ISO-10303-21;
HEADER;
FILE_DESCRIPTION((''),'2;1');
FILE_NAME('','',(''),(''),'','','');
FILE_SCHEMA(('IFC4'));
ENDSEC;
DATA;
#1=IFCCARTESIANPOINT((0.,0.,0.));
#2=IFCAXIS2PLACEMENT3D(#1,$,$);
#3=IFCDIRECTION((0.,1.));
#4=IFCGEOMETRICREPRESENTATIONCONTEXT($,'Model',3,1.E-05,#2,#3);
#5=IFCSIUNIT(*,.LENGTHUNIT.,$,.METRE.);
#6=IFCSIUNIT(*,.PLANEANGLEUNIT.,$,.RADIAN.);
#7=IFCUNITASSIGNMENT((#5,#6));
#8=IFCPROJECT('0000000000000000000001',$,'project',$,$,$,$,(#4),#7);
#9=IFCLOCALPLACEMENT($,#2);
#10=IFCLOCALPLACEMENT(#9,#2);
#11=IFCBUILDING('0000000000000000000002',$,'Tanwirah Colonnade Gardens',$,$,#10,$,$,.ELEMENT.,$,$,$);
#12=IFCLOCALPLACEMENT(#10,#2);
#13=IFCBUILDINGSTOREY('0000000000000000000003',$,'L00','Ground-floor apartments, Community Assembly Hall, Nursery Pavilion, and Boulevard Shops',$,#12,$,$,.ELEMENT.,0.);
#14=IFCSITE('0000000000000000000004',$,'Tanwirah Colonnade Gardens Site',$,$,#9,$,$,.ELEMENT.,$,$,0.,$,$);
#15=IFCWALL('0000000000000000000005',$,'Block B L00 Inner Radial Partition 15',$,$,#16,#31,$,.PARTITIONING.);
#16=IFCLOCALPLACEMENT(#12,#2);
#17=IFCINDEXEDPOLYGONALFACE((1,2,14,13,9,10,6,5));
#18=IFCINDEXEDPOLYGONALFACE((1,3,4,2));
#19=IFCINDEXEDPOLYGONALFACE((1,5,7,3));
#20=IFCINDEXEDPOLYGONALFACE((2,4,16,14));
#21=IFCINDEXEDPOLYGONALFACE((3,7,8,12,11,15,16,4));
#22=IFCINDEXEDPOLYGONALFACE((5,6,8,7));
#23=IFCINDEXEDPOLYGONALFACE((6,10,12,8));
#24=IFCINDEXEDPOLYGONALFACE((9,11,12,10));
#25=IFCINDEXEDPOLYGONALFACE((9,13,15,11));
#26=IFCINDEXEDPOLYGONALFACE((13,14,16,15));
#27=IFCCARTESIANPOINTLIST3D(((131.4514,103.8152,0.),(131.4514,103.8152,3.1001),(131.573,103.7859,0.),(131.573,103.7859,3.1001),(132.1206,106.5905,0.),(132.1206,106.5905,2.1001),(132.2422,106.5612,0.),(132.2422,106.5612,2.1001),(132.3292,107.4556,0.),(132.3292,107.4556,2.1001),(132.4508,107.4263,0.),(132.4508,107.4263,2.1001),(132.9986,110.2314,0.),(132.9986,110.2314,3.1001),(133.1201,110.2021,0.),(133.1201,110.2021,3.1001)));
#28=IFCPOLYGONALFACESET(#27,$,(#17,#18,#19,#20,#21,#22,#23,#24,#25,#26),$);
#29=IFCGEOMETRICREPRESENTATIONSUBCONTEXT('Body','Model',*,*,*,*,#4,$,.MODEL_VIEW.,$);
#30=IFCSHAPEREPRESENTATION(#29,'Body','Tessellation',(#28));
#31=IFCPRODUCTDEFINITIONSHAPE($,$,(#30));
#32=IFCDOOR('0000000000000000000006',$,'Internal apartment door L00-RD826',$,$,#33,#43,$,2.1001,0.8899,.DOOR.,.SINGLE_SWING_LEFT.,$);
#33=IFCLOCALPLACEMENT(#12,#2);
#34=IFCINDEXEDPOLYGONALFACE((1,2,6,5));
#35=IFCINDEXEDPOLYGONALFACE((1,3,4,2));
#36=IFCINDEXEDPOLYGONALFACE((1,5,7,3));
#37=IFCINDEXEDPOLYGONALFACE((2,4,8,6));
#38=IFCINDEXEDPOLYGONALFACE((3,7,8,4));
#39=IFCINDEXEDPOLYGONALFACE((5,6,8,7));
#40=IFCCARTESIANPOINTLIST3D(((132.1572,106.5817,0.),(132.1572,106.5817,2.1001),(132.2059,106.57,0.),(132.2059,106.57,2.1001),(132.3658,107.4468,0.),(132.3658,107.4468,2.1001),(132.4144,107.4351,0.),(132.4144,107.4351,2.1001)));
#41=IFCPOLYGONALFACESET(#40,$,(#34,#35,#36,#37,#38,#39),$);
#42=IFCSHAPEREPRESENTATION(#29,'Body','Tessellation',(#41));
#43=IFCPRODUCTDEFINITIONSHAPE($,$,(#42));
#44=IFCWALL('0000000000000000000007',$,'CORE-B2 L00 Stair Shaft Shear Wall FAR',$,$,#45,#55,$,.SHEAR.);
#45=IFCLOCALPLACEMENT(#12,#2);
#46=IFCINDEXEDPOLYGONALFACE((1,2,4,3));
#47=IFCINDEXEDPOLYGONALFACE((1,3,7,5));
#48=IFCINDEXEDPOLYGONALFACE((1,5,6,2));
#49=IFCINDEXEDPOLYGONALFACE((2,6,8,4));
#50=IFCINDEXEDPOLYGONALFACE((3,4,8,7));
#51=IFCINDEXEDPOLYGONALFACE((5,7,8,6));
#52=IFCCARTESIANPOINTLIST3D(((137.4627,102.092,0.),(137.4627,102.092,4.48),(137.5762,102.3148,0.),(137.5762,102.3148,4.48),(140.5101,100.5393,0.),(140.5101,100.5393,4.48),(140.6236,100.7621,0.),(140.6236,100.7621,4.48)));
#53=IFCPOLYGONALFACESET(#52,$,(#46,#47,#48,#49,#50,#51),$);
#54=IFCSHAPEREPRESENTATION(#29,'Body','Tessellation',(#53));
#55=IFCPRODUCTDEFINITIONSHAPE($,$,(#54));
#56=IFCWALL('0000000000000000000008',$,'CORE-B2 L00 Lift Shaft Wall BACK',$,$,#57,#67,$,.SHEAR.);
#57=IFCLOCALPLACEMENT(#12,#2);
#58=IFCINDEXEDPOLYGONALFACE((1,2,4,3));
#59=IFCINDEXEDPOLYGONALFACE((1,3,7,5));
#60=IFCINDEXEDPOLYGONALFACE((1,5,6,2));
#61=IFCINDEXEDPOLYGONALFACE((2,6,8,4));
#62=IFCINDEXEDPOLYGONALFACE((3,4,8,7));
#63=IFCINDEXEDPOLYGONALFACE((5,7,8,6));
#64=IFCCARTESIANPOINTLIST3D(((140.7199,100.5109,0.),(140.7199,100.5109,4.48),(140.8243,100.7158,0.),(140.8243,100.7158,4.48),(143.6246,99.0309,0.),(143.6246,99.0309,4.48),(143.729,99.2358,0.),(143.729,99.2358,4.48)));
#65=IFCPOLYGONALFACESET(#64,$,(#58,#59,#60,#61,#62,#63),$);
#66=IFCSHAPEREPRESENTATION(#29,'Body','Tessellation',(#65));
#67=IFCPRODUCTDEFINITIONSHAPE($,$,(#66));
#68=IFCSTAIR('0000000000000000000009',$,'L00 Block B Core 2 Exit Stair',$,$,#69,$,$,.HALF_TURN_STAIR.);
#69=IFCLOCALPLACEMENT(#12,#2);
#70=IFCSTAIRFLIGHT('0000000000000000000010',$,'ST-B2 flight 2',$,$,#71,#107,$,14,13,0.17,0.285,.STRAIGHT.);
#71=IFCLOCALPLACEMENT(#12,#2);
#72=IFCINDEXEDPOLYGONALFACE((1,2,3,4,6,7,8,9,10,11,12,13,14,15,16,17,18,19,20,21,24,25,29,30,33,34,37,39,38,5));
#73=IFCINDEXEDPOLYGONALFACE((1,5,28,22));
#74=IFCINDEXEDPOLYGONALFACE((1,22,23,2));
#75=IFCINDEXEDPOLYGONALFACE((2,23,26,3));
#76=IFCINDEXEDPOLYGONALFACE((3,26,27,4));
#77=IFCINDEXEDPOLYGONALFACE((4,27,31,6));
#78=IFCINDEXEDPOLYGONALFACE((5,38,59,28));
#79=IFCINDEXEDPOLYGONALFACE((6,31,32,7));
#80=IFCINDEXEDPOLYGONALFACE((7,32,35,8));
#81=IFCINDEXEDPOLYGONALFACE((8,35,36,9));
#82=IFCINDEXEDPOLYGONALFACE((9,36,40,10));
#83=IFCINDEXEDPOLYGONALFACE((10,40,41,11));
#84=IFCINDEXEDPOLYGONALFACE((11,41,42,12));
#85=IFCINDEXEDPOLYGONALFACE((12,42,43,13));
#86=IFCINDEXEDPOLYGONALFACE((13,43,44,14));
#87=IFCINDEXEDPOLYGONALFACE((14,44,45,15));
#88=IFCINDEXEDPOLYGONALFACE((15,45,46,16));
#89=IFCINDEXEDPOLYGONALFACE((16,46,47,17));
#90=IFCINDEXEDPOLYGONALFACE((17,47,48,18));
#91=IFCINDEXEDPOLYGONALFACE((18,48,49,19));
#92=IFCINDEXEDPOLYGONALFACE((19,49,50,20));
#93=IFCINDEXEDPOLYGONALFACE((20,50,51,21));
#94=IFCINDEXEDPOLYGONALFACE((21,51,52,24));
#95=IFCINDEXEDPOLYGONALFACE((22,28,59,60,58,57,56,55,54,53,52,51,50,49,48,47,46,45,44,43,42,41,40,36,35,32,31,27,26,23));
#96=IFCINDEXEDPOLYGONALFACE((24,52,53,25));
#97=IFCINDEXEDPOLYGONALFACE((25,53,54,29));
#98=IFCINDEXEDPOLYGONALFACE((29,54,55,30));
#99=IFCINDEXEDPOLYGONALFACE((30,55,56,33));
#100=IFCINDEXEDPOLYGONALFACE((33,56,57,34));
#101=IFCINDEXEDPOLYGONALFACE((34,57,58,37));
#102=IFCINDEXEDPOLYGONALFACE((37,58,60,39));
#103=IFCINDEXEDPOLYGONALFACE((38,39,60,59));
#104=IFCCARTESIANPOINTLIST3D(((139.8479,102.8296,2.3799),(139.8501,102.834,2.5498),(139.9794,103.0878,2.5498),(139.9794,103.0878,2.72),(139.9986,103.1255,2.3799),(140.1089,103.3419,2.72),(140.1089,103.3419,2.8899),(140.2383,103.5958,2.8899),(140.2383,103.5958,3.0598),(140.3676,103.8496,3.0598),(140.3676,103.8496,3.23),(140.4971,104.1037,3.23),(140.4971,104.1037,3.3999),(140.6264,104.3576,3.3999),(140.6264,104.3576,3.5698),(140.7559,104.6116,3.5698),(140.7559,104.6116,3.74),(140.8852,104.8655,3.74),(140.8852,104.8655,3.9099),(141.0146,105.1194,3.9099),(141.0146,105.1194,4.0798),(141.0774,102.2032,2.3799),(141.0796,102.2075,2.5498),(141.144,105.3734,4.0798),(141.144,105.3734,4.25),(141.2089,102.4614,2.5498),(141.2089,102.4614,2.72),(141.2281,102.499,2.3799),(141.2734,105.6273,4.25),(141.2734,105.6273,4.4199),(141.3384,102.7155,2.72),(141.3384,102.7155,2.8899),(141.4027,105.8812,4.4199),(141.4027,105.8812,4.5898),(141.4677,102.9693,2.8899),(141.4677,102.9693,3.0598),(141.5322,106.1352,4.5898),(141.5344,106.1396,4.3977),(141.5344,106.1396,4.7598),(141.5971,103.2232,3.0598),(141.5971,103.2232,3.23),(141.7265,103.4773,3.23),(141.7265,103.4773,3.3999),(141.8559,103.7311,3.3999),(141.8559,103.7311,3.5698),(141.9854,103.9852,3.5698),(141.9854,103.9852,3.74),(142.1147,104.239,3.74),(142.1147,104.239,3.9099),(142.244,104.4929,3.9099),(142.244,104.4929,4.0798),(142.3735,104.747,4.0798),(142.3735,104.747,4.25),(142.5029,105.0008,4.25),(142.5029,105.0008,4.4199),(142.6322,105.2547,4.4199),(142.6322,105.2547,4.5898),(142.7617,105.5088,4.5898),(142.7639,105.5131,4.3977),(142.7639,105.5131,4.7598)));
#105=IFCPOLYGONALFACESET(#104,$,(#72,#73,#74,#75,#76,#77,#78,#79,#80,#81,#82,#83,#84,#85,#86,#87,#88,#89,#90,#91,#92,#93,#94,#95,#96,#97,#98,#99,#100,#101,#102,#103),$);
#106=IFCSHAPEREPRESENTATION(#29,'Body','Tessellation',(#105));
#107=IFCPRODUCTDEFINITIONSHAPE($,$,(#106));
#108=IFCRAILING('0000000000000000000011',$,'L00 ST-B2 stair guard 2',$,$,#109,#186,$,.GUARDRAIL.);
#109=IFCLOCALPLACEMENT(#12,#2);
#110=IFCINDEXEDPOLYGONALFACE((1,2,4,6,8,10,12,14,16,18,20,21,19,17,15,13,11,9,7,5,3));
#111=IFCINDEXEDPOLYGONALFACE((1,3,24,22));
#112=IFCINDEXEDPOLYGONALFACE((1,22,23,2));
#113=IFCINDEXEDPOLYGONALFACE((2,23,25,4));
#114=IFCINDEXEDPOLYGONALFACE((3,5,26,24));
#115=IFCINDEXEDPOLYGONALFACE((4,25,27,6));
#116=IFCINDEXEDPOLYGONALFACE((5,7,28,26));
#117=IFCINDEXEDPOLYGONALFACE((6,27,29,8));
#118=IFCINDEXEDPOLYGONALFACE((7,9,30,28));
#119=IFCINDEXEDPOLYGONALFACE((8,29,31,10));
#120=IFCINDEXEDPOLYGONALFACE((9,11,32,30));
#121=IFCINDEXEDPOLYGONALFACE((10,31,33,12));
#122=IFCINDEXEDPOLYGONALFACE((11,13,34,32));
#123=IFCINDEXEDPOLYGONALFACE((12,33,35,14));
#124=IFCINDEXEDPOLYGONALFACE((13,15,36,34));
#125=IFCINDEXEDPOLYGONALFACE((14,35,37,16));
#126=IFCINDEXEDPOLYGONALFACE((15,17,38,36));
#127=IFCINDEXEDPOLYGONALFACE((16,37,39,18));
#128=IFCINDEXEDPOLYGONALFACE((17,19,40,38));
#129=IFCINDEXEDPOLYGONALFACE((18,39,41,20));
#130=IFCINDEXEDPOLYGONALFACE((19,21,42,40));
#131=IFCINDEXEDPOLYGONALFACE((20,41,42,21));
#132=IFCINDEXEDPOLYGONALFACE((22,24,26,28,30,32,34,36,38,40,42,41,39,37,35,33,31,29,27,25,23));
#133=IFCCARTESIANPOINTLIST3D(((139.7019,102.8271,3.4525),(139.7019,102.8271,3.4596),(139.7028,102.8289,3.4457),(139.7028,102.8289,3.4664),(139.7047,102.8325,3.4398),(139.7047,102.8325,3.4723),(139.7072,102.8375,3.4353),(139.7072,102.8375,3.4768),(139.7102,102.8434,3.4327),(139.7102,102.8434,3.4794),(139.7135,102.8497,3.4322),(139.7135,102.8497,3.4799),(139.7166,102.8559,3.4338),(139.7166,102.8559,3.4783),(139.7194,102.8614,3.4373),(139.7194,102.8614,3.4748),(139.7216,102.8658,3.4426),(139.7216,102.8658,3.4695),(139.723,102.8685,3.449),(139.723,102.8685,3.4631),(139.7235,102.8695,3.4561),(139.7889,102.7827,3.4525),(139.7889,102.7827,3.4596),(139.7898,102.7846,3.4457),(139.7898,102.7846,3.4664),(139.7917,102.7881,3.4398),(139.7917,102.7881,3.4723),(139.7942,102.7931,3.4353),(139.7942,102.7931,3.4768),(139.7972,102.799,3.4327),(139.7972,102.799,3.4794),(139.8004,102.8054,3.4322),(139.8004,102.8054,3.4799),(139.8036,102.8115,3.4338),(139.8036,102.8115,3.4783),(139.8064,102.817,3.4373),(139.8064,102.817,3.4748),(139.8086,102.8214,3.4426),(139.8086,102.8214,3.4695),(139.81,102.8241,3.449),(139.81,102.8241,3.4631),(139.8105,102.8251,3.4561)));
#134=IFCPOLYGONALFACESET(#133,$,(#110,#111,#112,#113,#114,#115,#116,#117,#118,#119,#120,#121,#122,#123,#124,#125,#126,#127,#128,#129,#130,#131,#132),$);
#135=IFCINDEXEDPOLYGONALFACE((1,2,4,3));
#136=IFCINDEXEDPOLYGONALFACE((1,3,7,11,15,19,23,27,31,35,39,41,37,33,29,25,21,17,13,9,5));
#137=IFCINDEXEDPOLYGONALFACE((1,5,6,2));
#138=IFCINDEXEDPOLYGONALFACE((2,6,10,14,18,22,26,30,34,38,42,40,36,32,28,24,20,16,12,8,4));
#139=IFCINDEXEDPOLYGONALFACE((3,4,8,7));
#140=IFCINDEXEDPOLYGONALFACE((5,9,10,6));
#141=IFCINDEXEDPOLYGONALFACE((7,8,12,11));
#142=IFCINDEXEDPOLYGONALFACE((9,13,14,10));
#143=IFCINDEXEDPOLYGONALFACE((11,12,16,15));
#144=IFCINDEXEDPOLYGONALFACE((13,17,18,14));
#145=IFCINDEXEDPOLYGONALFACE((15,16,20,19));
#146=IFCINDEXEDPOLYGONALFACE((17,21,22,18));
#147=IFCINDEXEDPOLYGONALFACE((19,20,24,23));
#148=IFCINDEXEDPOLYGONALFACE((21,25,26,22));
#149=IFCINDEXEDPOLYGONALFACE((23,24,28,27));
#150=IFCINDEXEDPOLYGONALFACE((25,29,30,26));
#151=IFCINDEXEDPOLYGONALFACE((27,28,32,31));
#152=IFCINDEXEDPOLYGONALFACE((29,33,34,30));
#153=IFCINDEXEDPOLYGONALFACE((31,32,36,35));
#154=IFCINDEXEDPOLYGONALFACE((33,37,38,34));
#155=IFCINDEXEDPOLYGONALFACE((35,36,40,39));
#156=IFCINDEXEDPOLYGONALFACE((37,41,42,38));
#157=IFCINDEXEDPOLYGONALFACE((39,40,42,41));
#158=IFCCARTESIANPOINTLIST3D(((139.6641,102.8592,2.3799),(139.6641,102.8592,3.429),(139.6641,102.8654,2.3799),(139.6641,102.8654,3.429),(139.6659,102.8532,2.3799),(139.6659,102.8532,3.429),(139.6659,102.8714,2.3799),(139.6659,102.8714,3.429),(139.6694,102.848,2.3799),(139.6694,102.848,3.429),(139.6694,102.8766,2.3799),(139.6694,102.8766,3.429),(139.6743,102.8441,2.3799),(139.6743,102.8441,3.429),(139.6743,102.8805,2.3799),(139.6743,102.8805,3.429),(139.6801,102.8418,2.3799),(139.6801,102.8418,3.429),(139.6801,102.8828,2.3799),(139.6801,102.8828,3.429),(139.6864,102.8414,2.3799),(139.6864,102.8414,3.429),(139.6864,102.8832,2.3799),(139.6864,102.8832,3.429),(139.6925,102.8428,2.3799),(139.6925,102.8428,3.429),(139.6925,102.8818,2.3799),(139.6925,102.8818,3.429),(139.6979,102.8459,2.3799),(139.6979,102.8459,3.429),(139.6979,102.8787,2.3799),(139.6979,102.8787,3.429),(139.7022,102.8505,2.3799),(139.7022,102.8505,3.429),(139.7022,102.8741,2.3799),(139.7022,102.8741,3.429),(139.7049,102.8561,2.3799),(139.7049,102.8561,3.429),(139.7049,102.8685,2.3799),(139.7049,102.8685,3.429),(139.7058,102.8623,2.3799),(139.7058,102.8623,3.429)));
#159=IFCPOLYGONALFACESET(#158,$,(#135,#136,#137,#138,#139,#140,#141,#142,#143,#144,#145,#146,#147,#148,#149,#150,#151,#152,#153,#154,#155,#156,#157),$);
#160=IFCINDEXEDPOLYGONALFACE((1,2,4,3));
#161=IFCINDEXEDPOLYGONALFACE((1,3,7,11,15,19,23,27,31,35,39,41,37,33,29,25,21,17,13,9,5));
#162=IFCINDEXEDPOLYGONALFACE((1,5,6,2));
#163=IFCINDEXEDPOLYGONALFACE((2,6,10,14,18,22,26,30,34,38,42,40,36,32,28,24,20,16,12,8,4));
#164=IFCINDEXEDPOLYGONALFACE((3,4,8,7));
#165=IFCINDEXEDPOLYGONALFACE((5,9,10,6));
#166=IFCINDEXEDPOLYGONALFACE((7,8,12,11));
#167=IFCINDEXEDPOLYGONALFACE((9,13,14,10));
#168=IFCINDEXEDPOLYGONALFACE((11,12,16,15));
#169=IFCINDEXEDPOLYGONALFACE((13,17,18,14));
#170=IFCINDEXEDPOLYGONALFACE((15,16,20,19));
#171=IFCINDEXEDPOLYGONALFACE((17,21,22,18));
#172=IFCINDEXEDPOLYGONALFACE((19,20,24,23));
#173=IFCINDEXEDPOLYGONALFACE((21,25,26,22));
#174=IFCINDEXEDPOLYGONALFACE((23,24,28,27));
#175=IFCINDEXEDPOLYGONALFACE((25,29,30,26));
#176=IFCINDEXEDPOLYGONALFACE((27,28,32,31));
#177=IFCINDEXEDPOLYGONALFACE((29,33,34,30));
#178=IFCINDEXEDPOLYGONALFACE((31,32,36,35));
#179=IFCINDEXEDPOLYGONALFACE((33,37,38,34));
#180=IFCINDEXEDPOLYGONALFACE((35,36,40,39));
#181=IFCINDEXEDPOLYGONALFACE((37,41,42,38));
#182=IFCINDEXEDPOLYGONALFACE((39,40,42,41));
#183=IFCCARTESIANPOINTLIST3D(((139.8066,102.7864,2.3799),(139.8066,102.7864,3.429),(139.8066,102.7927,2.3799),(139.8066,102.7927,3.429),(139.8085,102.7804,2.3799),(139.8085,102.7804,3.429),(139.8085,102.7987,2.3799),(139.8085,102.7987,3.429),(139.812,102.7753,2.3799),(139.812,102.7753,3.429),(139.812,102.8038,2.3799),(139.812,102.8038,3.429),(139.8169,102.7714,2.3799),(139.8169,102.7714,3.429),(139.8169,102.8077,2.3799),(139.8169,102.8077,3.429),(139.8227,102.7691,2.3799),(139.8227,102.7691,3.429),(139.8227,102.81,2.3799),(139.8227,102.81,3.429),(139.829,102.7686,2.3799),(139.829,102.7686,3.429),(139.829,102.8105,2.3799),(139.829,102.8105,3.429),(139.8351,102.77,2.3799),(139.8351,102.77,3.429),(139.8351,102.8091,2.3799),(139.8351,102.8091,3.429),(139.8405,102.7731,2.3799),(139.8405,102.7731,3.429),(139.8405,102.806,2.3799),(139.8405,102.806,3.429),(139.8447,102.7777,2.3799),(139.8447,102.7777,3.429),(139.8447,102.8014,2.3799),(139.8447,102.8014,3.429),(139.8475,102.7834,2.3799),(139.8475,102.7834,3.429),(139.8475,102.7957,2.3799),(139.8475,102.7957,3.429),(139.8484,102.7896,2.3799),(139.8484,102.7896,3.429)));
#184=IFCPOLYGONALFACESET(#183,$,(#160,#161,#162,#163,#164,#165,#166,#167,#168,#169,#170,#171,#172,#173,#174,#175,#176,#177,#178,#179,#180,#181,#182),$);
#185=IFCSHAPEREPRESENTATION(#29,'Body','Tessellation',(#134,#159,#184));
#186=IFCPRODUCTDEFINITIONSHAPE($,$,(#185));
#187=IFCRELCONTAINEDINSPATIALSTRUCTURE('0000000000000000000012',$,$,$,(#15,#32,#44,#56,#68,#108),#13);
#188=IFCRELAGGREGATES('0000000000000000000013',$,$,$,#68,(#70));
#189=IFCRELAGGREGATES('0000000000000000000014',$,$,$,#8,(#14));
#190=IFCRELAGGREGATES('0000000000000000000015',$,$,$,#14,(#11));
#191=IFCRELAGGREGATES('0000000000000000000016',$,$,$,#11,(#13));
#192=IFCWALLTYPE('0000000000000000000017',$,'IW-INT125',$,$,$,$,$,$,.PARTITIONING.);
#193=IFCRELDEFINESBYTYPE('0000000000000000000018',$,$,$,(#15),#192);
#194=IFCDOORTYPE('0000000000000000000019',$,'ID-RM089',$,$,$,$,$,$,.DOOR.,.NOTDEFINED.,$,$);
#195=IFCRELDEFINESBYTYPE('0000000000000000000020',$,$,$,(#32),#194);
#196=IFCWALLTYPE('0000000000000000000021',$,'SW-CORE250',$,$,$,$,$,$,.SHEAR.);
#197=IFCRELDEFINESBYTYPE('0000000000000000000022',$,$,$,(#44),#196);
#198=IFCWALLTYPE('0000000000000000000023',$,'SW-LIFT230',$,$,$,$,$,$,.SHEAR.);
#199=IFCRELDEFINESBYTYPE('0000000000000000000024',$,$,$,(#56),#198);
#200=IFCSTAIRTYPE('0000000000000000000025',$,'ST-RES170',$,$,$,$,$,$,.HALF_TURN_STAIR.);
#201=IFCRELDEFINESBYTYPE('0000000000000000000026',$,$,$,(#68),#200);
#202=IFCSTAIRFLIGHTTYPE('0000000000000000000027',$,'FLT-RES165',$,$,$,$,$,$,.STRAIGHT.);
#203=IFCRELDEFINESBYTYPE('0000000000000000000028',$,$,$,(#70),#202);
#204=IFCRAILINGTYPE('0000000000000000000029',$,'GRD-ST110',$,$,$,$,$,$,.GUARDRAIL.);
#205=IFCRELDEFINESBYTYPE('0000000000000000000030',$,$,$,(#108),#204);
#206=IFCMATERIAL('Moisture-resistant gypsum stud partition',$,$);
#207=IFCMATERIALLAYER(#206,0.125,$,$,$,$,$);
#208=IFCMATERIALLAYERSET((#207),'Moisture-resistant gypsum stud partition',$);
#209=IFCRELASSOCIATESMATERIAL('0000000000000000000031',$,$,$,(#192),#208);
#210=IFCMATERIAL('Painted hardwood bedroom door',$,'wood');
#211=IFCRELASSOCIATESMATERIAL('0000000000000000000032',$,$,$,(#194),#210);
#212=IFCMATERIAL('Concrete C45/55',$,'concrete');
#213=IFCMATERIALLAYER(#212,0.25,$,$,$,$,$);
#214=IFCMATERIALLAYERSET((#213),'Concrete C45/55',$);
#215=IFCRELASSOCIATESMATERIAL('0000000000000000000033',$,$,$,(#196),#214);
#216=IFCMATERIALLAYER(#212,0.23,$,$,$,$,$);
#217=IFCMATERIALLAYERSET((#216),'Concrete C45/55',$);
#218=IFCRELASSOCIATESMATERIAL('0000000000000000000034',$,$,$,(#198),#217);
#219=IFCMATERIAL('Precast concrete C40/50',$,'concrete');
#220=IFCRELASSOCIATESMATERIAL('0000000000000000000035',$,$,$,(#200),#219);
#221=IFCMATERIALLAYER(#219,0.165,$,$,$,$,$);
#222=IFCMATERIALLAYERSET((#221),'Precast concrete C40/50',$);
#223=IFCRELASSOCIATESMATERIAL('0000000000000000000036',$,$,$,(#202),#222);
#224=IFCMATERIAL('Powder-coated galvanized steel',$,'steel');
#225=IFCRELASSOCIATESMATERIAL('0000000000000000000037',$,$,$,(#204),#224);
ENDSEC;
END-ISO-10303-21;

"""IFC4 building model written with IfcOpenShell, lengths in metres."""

from ifc_helpers import new_model, si_unit, direction, frame, frame_2d, origin, origin_2d, place, context, subcontext, project, spatial, polyline, rectangle, circle, outline, extrude, material, layer, layer_set, type_object, element, fill, aggregate, save


model = new_model("IFC4")

# Units and contexts
model_context = context("Model", 3, precision=1e-05, world=origin(), true_north=direction((0.0, 1.0)))
body_context = subcontext(model_context, "Body", "Model", "MODEL_VIEW")
ifc_project = project(units=[si_unit("LENGTHUNIT", "METRE"), si_unit("PLANEANGLEUNIT", "RADIAN")], contexts=[model_context])

# Site, building, storey
site_placement = place(None, origin())
site = spatial("IfcSite", under=ifc_project, at=site_placement, Name="Tanwirah Colonnade Gardens Site", CompositionType="ELEMENT", RefElevation=0.0)
building_placement = place(site_placement, origin())
building = spatial("IfcBuilding", under=site, at=building_placement, Name="Tanwirah Colonnade Gardens", CompositionType="ELEMENT")
storey_placement = place(building_placement, origin())
storey = spatial("IfcBuildingStorey", under=building, at=storey_placement, Name="L00", Description="Ground-floor apartments, Community Assembly Hall, Nursery Pavilion, and Boulevard Shops", CompositionType="ELEMENT", Elevation=0.0)

# Shared definitions
ifc_material_1 = material(Name="Precast concrete C40/50", Category="concrete")

# Wall, opening, door
ifc_material_2 = material(Name="Moisture-resistant gypsum stud partition")
ifc_layer_1 = layer(ifc_material_2, 0.125)
ifc_layer_set_1 = layer_set([ifc_layer_1], Name="Moisture-resistant gypsum stud partition")
wall_type_1 = type_object("IfcWallType", Name="IW-INT125", PredefinedType="PARTITIONING", material=ifc_layer_set_1)
wall_1_placement = place(storey_placement, frame((131.5122, 103.8005, 0.0), z_axis=(0.0, 0.0, 1.0), x_axis=(0.234407, 0.972139, 0.0)))
wall_1 = element("IfcWall", 1, at=wall_1_placement, inside=storey, type_object=wall_type_1, Name="Block B L00 Inner Radial Partition 15", PredefinedType="PARTITIONING", context=body_context, shape_type="SweptSolid", body=[
    extrude(rectangle(XDim=6.6001, YDim=0.125, at=frame_2d((3.3, 0.0))), origin(), (0.0, 0.0, 1.0), 3.1001),
])
opening_1_placement = place(wall_1_placement, frame((2.855, 0.0, 0.0)))
opening_1 = element("IfcOpeningElement", 2, at=opening_1_placement, cuts=wall_1, PredefinedType="OPENING", context=body_context, shape_type="SweptSolid", body=[
    extrude(rectangle(XDim=0.8899, YDim=2.1001, at=frame_2d((0.4448, 1.05))), frame((0.0, 0.0725, 0.0), z_axis=(0.0, -1.0, 0.0), x_axis=(1.0, 0.0, 0.0)), (0.0, 0.0, 1.0), 0.145),
])
ifc_material_3 = material(Name="Painted hardwood bedroom door", Category="wood")
door_type = type_object("IfcDoorType", Name="ID-RM089", OperationType="NOTDEFINED", PredefinedType="DOOR", material=ifc_material_3)
door_placement = place(opening_1_placement, origin())
door = element("IfcDoor", 3, at=door_placement, inside=storey, type_object=door_type, Name="Internal apartment door L00-RD826", OperationType="SINGLE_SWING_LEFT", OverallHeight=2.1001, OverallWidth=0.8899, PredefinedType="DOOR", context=body_context, shape_type="SweptSolid", body=[
    extrude(rectangle(XDim=0.8899, YDim=2.1001, at=frame_2d((0.4448, 1.05))), frame((0.0, 0.0249, 0.0), z_axis=(0.0, -1.0, 0.0), x_axis=(1.0, 0.0, 0.0)), (0.0, 0.0, 1.0), 0.05),
])
fill(opening_1, door)

# Walls
ifc_material_4 = material(Name="Concrete C45/55", Category="concrete")
ifc_layer_2 = layer(ifc_material_4, 0.25)
ifc_layer_set_2 = layer_set([ifc_layer_2], Name="Concrete C45/55")
wall_type_2 = type_object("IfcWallType", Name="SW-CORE250", PredefinedType="SHEAR", material=ifc_layer_set_2)
wall_2_placement = place(storey_placement, frame((137.5195, 102.2034, 0.0), z_axis=(0.0, 0.0, 1.0), x_axis=(0.891004, -0.453996, 0.0)))
element("IfcWall", 4, at=wall_2_placement, inside=storey, type_object=wall_type_2, Name="CORE-B2 L00 Stair Shaft Shear Wall FAR", PredefinedType="SHEAR", context=body_context, shape_type="SweptSolid", body=[
    extrude(rectangle(XDim=3.4202, YDim=0.25, at=frame_2d((1.71, 0.0))), origin(), (0.0, 0.0, 1.0), 4.48),
])
ifc_layer_3 = layer(ifc_material_4, 0.23)
ifc_layer_set_3 = layer_set([ifc_layer_3], Name="Concrete C45/55")
wall_type_3 = type_object("IfcWallType", Name="SW-LIFT230", PredefinedType="SHEAR", material=ifc_layer_set_3)
wall_3_placement = place(storey_placement, frame((140.7722, 100.6133, 0.0), z_axis=(0.0, 0.0, 1.0), x_axis=(0.891017, -0.453971, 0.0)))
element("IfcWall", 5, at=wall_3_placement, inside=storey, type_object=wall_type_3, Name="CORE-B2 L00 Lift Shaft Wall BACK", PredefinedType="SHEAR", context=body_context, shape_type="SweptSolid", body=[
    extrude(rectangle(XDim=3.26, YDim=0.23, at=frame_2d((1.6299, 0.0))), origin(), (0.0, 0.0, 1.0), 4.48),
])

# Stair, stair flight
stair_type = type_object("IfcStairType", Name="ST-RES170", PredefinedType="HALF_TURN_STAIR", material=ifc_material_1)
stair_placement = place(storey_placement, origin())
stair = element("IfcStair", 6, at=stair_placement, inside=storey, type_object=stair_type, Name="L00 Block B Core 2 Exit Stair", PredefinedType="HALF_TURN_STAIR")
ifc_layer_4 = layer(ifc_material_1, 0.165)
ifc_layer_set_4 = layer_set([ifc_layer_4], Name="Precast concrete C40/50")
stair_flight_type = type_object("IfcStairFlightType", Name="FLT-RES165", PredefinedType="STRAIGHT", material=ifc_layer_set_4)
stair_flight_placement = place(storey_placement, frame((140.4648, 102.5208, 2.3799), z_axis=(0.0, 0.0, 1.0), x_axis=(0.45399, 0.891007, 0.0)))
stair_flight = element("IfcStairFlight", 7, at=stair_flight_placement, type_object=stair_flight_type, Name="ST-B2 flight 2", NumberOfRisers=14, NumberOfTreads=13, PredefinedType="STRAIGHT", RiserHeight=0.17, TreadLength=0.285, context=body_context, shape_type="SweptSolid", body=[
    extrude(outline(polyline([(-0.0049, 0.0), (0.0, 0.1699), (0.2849, 0.1699), (0.2849, 0.3401), (0.5701, 0.3401), (0.5701, 0.51), (0.855, 0.51), (0.855, 0.6799), (1.1399, 0.6799), (1.1399, 0.8501), (1.425, 0.8501), (1.425, 1.02), (1.71, 1.02), (1.71, 1.1899), (1.9951, 1.1899), (1.9951, 1.3601), (2.28, 1.3601), (2.28, 1.53), (2.5649, 1.53), (2.5649, 1.7), (2.8501, 1.7), (2.8501, 1.8701), (3.135, 1.8701), (3.135, 2.04), (3.4199, 2.04), (3.4199, 2.21), (3.7051, 2.21), (3.71, 2.3799), (3.71, 2.0178), (0.3271, 0.0), (-0.0049, 0.0)])), frame((0.0, 0.6899, 0.0), z_axis=(0.0, -1.0, 0.0), x_axis=(1.0, 0.0, 0.0)), (0.0, 0.0, 1.0), 1.3799),
])
aggregate(stair, [stair_flight])

# Railing
ifc_material_5 = material(Name="Powder-coated galvanized steel", Category="steel")
railing_type_1 = type_object("IfcRailingType", Name="GRD-ST110", PredefinedType="GUARDRAIL", material=ifc_material_5)
railing_1_placement = place(storey_placement, frame((139.6848, 102.8623, 2.3799)))
element("IfcRailing", 8, at=railing_1_placement, inside=storey, type_object=railing_type_1, Name="L00 ST-B2 stair guard 2", PredefinedType="GUARDRAIL", context=body_context, shape_type="SweptSolid", body=[
    extrude(circle(Radius=0.0239, at=origin_2d()), frame((0.0278, -0.0142, 1.0762), z_axis=(0.890737, -0.45452, 0.0), x_axis=(0.45452, 0.890737, 0.0)), (0.0, 0.0, 1.0), 0.0977),
    extrude(circle(Radius=0.021, at=origin_2d()), origin(), (0.0, 0.0, 1.0), 1.0491),
    extrude(circle(Radius=0.021, at=origin_2d()), frame((0.1426, -0.0728, 0.0)), (0.0, 0.0, 1.0), 1.0491),
])

save(model, "model.ifc")
